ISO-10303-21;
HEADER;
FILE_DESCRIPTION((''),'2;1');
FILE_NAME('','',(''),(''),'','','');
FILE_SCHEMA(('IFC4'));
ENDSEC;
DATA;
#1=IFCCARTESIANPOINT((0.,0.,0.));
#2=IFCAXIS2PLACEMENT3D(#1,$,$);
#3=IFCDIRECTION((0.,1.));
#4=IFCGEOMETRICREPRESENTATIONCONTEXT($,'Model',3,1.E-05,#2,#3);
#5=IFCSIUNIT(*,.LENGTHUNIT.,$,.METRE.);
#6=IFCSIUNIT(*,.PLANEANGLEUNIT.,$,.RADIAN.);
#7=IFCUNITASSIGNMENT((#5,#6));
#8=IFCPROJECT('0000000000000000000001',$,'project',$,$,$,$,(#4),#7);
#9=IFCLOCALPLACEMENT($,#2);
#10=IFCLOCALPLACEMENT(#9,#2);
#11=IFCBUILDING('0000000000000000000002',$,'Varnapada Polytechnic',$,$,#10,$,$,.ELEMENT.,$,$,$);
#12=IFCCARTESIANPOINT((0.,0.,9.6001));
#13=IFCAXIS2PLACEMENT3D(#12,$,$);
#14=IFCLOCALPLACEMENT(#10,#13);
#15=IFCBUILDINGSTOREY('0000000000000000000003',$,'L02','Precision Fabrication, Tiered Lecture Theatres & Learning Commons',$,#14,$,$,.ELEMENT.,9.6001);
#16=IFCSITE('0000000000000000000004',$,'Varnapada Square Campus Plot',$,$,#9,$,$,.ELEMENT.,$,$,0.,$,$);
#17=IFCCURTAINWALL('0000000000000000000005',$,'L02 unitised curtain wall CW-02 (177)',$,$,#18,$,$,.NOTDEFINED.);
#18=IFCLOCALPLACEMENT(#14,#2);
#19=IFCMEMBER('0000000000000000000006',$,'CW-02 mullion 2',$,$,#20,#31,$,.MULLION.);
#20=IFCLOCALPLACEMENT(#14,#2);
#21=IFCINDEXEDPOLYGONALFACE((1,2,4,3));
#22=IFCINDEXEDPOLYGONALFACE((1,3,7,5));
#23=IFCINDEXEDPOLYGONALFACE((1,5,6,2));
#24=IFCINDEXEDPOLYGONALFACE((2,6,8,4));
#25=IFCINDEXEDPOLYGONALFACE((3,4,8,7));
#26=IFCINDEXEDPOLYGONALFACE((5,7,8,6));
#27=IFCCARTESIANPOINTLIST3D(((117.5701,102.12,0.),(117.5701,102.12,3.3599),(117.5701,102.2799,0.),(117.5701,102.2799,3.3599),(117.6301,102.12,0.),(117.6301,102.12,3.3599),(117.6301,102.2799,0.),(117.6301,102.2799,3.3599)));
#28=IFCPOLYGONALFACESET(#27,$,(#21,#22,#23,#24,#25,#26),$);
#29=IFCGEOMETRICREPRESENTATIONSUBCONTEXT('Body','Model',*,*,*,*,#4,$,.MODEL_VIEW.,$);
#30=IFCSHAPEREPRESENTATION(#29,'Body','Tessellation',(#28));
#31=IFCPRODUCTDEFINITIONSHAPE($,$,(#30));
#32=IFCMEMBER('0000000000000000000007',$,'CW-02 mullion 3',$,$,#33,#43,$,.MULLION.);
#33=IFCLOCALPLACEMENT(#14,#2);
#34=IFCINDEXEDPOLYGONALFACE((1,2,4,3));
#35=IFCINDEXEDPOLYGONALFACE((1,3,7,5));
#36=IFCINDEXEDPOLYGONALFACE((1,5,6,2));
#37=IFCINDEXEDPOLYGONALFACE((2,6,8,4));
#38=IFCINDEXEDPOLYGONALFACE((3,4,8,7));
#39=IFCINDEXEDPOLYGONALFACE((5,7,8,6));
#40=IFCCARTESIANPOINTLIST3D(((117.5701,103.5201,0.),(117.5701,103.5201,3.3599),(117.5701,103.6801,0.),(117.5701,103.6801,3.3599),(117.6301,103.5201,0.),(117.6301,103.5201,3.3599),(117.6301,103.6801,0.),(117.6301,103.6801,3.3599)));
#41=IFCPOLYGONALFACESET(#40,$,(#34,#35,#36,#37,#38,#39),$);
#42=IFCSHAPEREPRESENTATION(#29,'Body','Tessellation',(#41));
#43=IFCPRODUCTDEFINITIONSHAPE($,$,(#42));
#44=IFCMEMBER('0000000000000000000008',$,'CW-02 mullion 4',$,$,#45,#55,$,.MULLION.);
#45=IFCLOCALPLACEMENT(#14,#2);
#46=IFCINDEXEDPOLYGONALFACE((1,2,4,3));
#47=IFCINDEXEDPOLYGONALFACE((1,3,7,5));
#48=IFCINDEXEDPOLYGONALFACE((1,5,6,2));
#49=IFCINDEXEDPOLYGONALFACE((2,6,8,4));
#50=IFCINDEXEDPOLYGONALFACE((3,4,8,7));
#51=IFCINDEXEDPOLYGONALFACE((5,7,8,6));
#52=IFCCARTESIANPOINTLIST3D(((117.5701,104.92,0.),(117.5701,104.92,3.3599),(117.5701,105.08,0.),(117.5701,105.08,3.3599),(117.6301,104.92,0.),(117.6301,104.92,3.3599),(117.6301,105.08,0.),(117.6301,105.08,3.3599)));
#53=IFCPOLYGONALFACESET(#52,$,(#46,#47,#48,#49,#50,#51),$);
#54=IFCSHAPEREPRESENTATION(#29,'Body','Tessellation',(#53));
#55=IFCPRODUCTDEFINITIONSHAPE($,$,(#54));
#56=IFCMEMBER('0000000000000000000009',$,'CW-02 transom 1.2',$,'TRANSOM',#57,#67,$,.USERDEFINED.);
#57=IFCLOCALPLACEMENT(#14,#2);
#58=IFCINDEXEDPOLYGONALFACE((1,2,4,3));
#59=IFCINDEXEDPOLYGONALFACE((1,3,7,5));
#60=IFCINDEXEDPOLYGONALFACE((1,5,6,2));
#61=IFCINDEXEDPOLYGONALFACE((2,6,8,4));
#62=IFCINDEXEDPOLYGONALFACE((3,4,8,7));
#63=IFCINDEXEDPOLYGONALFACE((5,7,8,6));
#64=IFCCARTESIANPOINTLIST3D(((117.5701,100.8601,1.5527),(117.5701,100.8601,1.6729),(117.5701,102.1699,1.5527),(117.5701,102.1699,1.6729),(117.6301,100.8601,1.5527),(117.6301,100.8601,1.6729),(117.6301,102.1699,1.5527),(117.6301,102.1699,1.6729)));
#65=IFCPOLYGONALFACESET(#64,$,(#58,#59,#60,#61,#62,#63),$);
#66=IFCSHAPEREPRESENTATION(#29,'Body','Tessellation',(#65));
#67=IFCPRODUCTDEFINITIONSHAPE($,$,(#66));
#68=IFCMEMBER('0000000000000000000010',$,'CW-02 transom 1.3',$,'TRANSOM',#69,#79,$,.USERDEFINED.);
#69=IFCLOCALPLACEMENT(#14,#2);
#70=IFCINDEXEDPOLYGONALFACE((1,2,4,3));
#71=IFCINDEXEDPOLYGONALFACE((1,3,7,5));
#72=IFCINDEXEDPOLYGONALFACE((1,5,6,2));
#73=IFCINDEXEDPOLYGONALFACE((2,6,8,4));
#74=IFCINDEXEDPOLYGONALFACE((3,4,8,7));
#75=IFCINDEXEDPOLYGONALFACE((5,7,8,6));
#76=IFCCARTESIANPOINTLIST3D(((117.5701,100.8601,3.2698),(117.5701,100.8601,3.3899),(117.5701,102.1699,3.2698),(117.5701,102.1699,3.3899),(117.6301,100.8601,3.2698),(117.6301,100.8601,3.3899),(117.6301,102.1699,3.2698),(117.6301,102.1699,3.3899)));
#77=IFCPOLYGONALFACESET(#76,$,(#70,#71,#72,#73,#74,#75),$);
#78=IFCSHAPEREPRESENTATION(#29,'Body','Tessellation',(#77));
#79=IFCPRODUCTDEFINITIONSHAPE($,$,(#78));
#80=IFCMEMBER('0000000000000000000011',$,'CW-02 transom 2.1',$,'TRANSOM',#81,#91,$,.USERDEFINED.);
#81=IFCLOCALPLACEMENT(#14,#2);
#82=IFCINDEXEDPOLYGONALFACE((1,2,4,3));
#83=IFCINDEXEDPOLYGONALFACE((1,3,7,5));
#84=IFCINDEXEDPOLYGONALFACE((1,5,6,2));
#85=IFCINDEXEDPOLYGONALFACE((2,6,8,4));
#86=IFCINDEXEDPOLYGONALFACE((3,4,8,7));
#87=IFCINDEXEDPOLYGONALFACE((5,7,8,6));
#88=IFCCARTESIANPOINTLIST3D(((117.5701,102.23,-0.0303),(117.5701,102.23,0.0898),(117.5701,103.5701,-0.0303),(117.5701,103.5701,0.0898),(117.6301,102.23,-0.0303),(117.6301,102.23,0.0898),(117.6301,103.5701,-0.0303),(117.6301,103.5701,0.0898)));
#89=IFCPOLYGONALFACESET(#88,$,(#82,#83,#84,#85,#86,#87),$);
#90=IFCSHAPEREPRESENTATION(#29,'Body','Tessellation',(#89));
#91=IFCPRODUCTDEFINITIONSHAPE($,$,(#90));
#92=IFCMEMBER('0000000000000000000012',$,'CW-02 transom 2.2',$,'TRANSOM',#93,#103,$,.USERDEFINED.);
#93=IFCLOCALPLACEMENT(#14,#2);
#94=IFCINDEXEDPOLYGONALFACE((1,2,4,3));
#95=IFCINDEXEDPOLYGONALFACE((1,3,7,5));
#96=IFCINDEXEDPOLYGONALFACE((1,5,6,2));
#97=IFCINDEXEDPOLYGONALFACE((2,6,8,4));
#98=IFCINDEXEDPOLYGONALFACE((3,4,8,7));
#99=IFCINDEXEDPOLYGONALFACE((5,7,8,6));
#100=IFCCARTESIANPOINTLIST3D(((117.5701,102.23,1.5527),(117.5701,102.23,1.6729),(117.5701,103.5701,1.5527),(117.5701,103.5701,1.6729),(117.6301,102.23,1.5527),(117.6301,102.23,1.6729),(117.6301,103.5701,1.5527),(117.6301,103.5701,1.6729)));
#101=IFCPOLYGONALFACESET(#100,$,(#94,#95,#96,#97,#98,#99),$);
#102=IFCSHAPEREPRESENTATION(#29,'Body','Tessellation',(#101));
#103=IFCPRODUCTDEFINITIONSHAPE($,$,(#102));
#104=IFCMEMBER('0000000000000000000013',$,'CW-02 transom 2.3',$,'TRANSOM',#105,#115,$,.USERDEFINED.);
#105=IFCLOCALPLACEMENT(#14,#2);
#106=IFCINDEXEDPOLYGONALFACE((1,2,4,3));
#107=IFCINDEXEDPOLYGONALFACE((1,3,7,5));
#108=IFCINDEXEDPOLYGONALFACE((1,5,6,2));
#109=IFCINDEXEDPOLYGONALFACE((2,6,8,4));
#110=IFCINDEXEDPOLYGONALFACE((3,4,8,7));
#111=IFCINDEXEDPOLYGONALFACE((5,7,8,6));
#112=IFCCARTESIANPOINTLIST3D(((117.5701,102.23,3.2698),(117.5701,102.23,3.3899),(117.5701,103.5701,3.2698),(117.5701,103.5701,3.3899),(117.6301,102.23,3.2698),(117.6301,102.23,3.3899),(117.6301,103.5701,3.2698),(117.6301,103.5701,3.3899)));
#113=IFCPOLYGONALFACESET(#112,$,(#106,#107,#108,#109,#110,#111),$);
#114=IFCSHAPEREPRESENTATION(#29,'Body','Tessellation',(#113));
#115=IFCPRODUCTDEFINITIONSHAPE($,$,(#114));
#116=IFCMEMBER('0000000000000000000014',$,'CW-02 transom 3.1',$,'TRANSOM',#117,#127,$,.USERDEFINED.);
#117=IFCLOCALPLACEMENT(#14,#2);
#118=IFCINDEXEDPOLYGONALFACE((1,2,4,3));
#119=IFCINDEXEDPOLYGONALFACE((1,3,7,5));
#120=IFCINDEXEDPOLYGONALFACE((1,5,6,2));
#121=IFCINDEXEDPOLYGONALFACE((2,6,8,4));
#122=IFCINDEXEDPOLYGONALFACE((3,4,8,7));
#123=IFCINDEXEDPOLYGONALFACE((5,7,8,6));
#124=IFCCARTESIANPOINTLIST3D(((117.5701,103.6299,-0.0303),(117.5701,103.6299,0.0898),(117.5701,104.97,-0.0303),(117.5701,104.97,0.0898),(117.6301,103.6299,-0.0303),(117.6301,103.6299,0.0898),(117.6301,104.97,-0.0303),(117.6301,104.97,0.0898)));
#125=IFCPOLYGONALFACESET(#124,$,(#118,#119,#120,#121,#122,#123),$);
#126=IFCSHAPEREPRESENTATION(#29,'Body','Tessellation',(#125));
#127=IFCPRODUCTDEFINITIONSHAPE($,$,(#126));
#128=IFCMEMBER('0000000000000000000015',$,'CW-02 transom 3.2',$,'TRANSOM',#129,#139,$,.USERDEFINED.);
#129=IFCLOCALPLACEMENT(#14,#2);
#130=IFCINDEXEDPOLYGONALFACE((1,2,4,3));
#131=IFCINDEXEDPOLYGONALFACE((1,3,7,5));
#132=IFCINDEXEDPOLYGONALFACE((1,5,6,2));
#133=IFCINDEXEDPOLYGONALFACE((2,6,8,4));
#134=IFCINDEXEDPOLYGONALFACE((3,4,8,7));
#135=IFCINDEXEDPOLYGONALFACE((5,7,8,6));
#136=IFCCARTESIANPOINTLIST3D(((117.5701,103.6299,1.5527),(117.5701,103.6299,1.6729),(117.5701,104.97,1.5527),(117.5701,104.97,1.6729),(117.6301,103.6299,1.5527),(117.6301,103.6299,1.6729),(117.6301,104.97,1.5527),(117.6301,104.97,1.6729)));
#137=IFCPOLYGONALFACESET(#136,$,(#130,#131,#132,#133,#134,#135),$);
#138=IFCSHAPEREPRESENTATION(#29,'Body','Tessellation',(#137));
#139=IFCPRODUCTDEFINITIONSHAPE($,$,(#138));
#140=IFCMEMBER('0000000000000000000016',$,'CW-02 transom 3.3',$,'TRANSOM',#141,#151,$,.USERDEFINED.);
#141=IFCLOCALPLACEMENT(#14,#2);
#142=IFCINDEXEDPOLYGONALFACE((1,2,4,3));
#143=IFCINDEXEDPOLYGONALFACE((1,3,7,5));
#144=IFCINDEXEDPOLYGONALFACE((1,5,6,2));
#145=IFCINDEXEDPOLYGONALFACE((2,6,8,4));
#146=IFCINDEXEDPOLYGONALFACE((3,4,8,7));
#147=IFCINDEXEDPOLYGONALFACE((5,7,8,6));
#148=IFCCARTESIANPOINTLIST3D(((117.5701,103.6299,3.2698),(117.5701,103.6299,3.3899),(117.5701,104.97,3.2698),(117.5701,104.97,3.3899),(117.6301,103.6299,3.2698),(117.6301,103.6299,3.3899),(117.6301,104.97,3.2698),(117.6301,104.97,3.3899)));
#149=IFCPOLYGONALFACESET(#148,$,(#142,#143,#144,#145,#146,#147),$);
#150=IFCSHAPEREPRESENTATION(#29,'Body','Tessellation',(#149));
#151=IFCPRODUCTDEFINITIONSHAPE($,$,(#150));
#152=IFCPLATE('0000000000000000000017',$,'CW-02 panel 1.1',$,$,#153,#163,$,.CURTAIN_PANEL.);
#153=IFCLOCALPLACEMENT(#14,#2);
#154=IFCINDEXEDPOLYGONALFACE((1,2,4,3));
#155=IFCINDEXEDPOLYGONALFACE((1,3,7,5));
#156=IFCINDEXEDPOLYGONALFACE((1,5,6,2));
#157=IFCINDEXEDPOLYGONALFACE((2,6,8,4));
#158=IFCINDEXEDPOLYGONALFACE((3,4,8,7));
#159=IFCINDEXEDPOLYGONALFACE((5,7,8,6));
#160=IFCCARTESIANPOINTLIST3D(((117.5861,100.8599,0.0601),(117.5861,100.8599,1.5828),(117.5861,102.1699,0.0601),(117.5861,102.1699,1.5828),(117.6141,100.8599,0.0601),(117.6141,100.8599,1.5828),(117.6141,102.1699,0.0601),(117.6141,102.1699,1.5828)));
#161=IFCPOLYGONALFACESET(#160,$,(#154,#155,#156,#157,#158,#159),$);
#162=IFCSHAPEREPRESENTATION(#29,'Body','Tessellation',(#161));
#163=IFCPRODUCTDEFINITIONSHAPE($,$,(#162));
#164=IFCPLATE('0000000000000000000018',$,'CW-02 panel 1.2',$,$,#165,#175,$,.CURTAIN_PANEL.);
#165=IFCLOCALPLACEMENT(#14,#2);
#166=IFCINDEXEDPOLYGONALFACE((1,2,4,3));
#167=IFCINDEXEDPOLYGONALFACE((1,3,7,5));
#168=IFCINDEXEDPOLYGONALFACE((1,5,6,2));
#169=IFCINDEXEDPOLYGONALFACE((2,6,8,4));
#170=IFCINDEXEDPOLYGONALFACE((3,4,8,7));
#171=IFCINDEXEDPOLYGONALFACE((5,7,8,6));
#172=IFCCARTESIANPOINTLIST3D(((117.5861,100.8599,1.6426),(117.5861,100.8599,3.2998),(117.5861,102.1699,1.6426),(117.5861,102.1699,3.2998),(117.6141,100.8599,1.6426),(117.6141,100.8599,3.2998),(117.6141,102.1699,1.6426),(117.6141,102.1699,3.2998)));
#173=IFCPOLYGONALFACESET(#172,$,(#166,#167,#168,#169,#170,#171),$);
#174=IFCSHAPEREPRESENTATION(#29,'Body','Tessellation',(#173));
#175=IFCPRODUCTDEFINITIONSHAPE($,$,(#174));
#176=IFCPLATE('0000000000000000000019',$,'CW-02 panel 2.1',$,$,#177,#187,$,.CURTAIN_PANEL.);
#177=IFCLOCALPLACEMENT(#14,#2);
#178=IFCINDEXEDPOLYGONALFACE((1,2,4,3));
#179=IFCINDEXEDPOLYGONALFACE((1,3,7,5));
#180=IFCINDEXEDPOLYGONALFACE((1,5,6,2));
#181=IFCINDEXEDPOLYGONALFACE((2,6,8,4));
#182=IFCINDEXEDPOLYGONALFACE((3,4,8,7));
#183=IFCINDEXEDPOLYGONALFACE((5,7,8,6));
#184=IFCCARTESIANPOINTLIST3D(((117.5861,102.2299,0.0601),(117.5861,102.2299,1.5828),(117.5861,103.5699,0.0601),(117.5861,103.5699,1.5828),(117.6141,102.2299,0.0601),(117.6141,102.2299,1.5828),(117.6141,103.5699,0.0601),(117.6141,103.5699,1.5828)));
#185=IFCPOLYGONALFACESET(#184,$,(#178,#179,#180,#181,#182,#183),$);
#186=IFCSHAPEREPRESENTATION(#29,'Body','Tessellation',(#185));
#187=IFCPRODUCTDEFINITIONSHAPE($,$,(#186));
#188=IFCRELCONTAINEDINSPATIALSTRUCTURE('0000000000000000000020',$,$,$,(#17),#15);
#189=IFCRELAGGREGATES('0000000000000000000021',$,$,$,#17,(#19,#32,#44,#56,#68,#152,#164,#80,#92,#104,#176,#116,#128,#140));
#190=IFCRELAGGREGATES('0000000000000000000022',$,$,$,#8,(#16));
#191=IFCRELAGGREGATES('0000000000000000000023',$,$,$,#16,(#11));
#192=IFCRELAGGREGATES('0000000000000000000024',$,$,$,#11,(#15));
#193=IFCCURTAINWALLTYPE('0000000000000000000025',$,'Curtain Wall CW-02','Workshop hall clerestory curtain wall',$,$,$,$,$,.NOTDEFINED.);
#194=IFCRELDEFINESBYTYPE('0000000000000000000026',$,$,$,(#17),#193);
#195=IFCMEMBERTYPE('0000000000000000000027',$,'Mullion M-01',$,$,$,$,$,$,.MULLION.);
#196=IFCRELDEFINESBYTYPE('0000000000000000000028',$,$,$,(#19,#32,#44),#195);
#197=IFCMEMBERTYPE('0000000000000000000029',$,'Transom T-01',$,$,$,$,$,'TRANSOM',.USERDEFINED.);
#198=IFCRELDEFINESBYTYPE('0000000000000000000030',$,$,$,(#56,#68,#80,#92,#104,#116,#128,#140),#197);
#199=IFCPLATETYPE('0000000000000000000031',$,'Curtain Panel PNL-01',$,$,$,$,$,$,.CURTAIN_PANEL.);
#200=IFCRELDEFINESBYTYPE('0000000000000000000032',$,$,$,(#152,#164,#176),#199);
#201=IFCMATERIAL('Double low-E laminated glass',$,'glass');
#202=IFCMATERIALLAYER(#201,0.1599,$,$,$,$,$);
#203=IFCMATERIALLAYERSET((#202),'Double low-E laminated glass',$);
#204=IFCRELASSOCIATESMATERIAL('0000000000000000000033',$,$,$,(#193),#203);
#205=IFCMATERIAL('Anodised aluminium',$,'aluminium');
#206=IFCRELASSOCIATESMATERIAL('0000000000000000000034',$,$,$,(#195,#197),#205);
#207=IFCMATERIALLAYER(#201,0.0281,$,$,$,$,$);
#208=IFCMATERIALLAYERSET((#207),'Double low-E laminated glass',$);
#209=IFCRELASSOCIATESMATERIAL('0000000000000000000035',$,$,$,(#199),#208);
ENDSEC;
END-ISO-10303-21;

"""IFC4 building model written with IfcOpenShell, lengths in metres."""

from ifc_helpers import new_model, si_unit, direction, frame, origin, origin_2d, place, context, subcontext, project, spatial, rectangle, extrude, material, layer, layer_set, material_profile, profile_set, type_object, element, aggregate, save


model = new_model("IFC4")

# Units and contexts
model_context = context("Model", 3, precision=1e-05, world=origin(), true_north=direction((0.0, 1.0)))
body_context = subcontext(model_context, "Body", "Model", "MODEL_VIEW")
ifc_project = project(units=[si_unit("LENGTHUNIT", "METRE"), si_unit("PLANEANGLEUNIT", "RADIAN")], contexts=[model_context])

# Site, building, storey
site_placement = place(None, origin())
site = spatial("IfcSite", under=ifc_project, at=site_placement, Name="Varnapada Square Campus Plot", CompositionType="ELEMENT", RefElevation=0.0)
building_placement = place(site_placement, origin())
building = spatial("IfcBuilding", under=site, at=building_placement, Name="Varnapada Polytechnic", CompositionType="ELEMENT")
storey_placement = place(building_placement, frame((0.0, 0.0, 9.6001)))
storey = spatial("IfcBuildingStorey", under=building, at=storey_placement, Name="L02", Description="Precision Fabrication, Tiered Lecture Theatres & Learning Commons", CompositionType="ELEMENT", Elevation=9.6001)

# Curtain wall, members, plates
ifc_material_1 = material(Name="Double low-E laminated glass", Category="glass")
ifc_layer_1 = layer(ifc_material_1, 0.1599)
ifc_layer_set_1 = layer_set([ifc_layer_1], Name="Double low-E laminated glass")
curtain_wall_type = type_object("IfcCurtainWallType", Name="Curtain Wall CW-02", Description="Workshop hall clerestory curtain wall", PredefinedType="NOTDEFINED", material=ifc_layer_set_1)
curtain_wall_placement = place(storey_placement, origin())
curtain_wall = element("IfcCurtainWall", 1, at=curtain_wall_placement, inside=storey, type_object=curtain_wall_type, Name="L02 unitised curtain wall CW-02 (177)", PredefinedType="NOTDEFINED")
ifc_material_2 = material(Name="Anodised aluminium", Category="aluminium")
ifc_material_profile_1 = material_profile(ifc_material_2, rectangle(XDim=0.0601, YDim=0.1599, at=origin_2d()), Name="ALU M60x160")
ifc_profile_set_1 = profile_set([ifc_material_profile_1], Name="Anodised aluminium")
member_type_1 = type_object("IfcMemberType", Name="Mullion M-01", PredefinedType="MULLION", material=ifc_profile_set_1)
member_1_placement = place(storey_placement, frame((117.6001, 102.2, 0.0), z_axis=(0.0, 0.0, 1.0), x_axis=(-1.0, 0.0, 0.0)))
member_1 = element("IfcMember", 2, at=member_1_placement, type_object=member_type_1, Name="CW-02 mullion 2", PredefinedType="MULLION", context=body_context, shape_type="SweptSolid", body=[
    extrude(rectangle(XDim=0.0601, YDim=0.1599, at=origin_2d()), origin(), (0.0, 0.0, 1.0), 3.3599),
])
member_2_placement = place(storey_placement, frame((117.6001, 103.6001, 0.0), z_axis=(0.0, 0.0, 1.0), x_axis=(-1.0, 0.0, 0.0)))
member_2 = element("IfcMember", 3, at=member_2_placement, type_object=member_type_1, Name="CW-02 mullion 3", PredefinedType="MULLION", context=body_context, shape_type="SweptSolid", body=[
    extrude(rectangle(XDim=0.0601, YDim=0.1599, at=origin_2d()), origin(), (0.0, 0.0, 1.0), 3.3599),
])
member_3_placement = place(storey_placement, frame((117.6001, 105.0, 0.0), z_axis=(0.0, 0.0, 1.0), x_axis=(-1.0, 0.0, 0.0)))
member_3 = element("IfcMember", 4, at=member_3_placement, type_object=member_type_1, Name="CW-02 mullion 4", PredefinedType="MULLION", context=body_context, shape_type="SweptSolid", body=[
    extrude(rectangle(XDim=0.0601, YDim=0.1599, at=origin_2d()), origin(), (0.0, 0.0, 1.0), 3.3599),
])
ifc_material_profile_2 = material_profile(ifc_material_2, rectangle(XDim=0.0601, YDim=0.1201, at=origin_2d()), Name="ALU T60x120")
ifc_profile_set_2 = profile_set([ifc_material_profile_2], Name="Anodised aluminium")
member_type_2 = type_object("IfcMemberType", Name="Transom T-01", ElementType="TRANSOM", PredefinedType="USERDEFINED", material=ifc_profile_set_2)
member_4_placement = place(storey_placement, frame((117.6001, 100.8601, 1.6128), z_axis=(0.0, 1.0, 0.0), x_axis=(-1.0, 0.0, 0.0)))
member_4 = element("IfcMember", 5, at=member_4_placement, type_object=member_type_2, Name="CW-02 transom 1.2", ObjectType="TRANSOM", PredefinedType="USERDEFINED", context=body_context, shape_type="SweptSolid", body=[
    extrude(rectangle(XDim=0.0601, YDim=0.1201, at=origin_2d()), origin(), (0.0, 0.0, 1.0), 1.3098),
])
member_5_placement = place(storey_placement, frame((117.6001, 100.8601, 3.3298), z_axis=(0.0, 1.0, 0.0), x_axis=(-1.0, 0.0, 0.0)))
member_5 = element("IfcMember", 6, at=member_5_placement, type_object=member_type_2, Name="CW-02 transom 1.3", ObjectType="TRANSOM", PredefinedType="USERDEFINED", context=body_context, shape_type="SweptSolid", body=[
    extrude(rectangle(XDim=0.0601, YDim=0.1201, at=origin_2d()), origin(), (0.0, 0.0, 1.0), 1.3098),
])
member_6_placement = place(storey_placement, frame((117.6001, 102.23, 0.0298), z_axis=(0.0, 1.0, 0.0), x_axis=(-1.0, 0.0, 0.0)))
member_6 = element("IfcMember", 7, at=member_6_placement, type_object=member_type_2, Name="CW-02 transom 2.1", ObjectType="TRANSOM", PredefinedType="USERDEFINED", context=body_context, shape_type="SweptSolid", body=[
    extrude(rectangle(XDim=0.0601, YDim=0.1201, at=origin_2d()), origin(), (0.0, 0.0, 1.0), 1.3401),
])
member_7_placement = place(storey_placement, frame((117.6001, 102.23, 1.6128), z_axis=(0.0, 1.0, 0.0), x_axis=(-1.0, 0.0, 0.0)))
member_7 = element("IfcMember", 8, at=member_7_placement, type_object=member_type_2, Name="CW-02 transom 2.2", ObjectType="TRANSOM", PredefinedType="USERDEFINED", context=body_context, shape_type="SweptSolid", body=[
    extrude(rectangle(XDim=0.0601, YDim=0.1201, at=origin_2d()), origin(), (0.0, 0.0, 1.0), 1.3401),
])
member_8_placement = place(storey_placement, frame((117.6001, 102.23, 3.3298), z_axis=(0.0, 1.0, 0.0), x_axis=(-1.0, 0.0, 0.0)))
member_8 = element("IfcMember", 9, at=member_8_placement, type_object=member_type_2, Name="CW-02 transom 2.3", ObjectType="TRANSOM", PredefinedType="USERDEFINED", context=body_context, shape_type="SweptSolid", body=[
    extrude(rectangle(XDim=0.0601, YDim=0.1201, at=origin_2d()), origin(), (0.0, 0.0, 1.0), 1.3401),
])
member_9_placement = place(storey_placement, frame((117.6001, 103.6299, 0.0298), z_axis=(0.0, 1.0, 0.0), x_axis=(-1.0, 0.0, 0.0)))
member_9 = element("IfcMember", 10, at=member_9_placement, type_object=member_type_2, Name="CW-02 transom 3.1", ObjectType="TRANSOM", PredefinedType="USERDEFINED", context=body_context, shape_type="SweptSolid", body=[
    extrude(rectangle(XDim=0.0601, YDim=0.1201, at=origin_2d()), origin(), (0.0, 0.0, 1.0), 1.3401),
])
member_10_placement = place(storey_placement, frame((117.6001, 103.6299, 1.6128), z_axis=(0.0, 1.0, 0.0), x_axis=(-1.0, 0.0, 0.0)))
member_10 = element("IfcMember", 11, at=member_10_placement, type_object=member_type_2, Name="CW-02 transom 3.2", ObjectType="TRANSOM", PredefinedType="USERDEFINED", context=body_context, shape_type="SweptSolid", body=[
    extrude(rectangle(XDim=0.0601, YDim=0.1201, at=origin_2d()), origin(), (0.0, 0.0, 1.0), 1.3401),
])
member_11_placement = place(storey_placement, frame((117.6001, 103.6299, 3.3298), z_axis=(0.0, 1.0, 0.0), x_axis=(-1.0, 0.0, 0.0)))
member_11 = element("IfcMember", 12, at=member_11_placement, type_object=member_type_2, Name="CW-02 transom 3.3", ObjectType="TRANSOM", PredefinedType="USERDEFINED", context=body_context, shape_type="SweptSolid", body=[
    extrude(rectangle(XDim=0.0601, YDim=0.1201, at=origin_2d()), origin(), (0.0, 0.0, 1.0), 1.3401),
])
ifc_layer_2 = layer(ifc_material_1, 0.0281)
ifc_layer_set_2 = layer_set([ifc_layer_2], Name="Double low-E laminated glass")
plate_type = type_object("IfcPlateType", Name="Curtain Panel PNL-01", PredefinedType="CURTAIN_PANEL", material=ifc_layer_set_2)
plate_1_placement = place(storey_placement, frame((117.6001, 101.5149, 0.0601), z_axis=(0.0, 0.0, 1.0), x_axis=(0.0, 1.0, 0.0)))
plate_1 = element("IfcPlate", 13, at=plate_1_placement, type_object=plate_type, Name="CW-02 panel 1.1", PredefinedType="CURTAIN_PANEL", context=body_context, shape_type="SweptSolid", body=[
    extrude(rectangle(XDim=1.3101, YDim=0.0281, at=origin_2d()), origin(), (0.0, 0.0, 1.0), 1.5227),
])
plate_2_placement = place(storey_placement, frame((117.6001, 101.5149, 1.6426), z_axis=(0.0, 0.0, 1.0), x_axis=(0.0, 1.0, 0.0)))
plate_2 = element("IfcPlate", 14, at=plate_2_placement, type_object=plate_type, Name="CW-02 panel 1.2", PredefinedType="CURTAIN_PANEL", context=body_context, shape_type="SweptSolid", body=[
    extrude(rectangle(XDim=1.3101, YDim=0.0281, at=origin_2d()), origin(), (0.0, 0.0, 1.0), 1.6572),
])
plate_3_placement = place(storey_placement, frame((117.6001, 102.8999, 0.0601), z_axis=(0.0, 0.0, 1.0), x_axis=(0.0, 1.0, 0.0)))
plate_3 = element("IfcPlate", 15, at=plate_3_placement, type_object=plate_type, Name="CW-02 panel 2.1", PredefinedType="CURTAIN_PANEL", context=body_context, shape_type="SweptSolid", body=[
    extrude(rectangle(XDim=1.3401, YDim=0.0281, at=origin_2d()), origin(), (0.0, 0.0, 1.0), 1.5227),
])
aggregate(curtain_wall, [member_1, member_2, member_3, member_4, member_5, plate_1, plate_2, member_6, member_7, member_8, plate_3, member_9, member_10, member_11])

save(model, "model.ifc")
